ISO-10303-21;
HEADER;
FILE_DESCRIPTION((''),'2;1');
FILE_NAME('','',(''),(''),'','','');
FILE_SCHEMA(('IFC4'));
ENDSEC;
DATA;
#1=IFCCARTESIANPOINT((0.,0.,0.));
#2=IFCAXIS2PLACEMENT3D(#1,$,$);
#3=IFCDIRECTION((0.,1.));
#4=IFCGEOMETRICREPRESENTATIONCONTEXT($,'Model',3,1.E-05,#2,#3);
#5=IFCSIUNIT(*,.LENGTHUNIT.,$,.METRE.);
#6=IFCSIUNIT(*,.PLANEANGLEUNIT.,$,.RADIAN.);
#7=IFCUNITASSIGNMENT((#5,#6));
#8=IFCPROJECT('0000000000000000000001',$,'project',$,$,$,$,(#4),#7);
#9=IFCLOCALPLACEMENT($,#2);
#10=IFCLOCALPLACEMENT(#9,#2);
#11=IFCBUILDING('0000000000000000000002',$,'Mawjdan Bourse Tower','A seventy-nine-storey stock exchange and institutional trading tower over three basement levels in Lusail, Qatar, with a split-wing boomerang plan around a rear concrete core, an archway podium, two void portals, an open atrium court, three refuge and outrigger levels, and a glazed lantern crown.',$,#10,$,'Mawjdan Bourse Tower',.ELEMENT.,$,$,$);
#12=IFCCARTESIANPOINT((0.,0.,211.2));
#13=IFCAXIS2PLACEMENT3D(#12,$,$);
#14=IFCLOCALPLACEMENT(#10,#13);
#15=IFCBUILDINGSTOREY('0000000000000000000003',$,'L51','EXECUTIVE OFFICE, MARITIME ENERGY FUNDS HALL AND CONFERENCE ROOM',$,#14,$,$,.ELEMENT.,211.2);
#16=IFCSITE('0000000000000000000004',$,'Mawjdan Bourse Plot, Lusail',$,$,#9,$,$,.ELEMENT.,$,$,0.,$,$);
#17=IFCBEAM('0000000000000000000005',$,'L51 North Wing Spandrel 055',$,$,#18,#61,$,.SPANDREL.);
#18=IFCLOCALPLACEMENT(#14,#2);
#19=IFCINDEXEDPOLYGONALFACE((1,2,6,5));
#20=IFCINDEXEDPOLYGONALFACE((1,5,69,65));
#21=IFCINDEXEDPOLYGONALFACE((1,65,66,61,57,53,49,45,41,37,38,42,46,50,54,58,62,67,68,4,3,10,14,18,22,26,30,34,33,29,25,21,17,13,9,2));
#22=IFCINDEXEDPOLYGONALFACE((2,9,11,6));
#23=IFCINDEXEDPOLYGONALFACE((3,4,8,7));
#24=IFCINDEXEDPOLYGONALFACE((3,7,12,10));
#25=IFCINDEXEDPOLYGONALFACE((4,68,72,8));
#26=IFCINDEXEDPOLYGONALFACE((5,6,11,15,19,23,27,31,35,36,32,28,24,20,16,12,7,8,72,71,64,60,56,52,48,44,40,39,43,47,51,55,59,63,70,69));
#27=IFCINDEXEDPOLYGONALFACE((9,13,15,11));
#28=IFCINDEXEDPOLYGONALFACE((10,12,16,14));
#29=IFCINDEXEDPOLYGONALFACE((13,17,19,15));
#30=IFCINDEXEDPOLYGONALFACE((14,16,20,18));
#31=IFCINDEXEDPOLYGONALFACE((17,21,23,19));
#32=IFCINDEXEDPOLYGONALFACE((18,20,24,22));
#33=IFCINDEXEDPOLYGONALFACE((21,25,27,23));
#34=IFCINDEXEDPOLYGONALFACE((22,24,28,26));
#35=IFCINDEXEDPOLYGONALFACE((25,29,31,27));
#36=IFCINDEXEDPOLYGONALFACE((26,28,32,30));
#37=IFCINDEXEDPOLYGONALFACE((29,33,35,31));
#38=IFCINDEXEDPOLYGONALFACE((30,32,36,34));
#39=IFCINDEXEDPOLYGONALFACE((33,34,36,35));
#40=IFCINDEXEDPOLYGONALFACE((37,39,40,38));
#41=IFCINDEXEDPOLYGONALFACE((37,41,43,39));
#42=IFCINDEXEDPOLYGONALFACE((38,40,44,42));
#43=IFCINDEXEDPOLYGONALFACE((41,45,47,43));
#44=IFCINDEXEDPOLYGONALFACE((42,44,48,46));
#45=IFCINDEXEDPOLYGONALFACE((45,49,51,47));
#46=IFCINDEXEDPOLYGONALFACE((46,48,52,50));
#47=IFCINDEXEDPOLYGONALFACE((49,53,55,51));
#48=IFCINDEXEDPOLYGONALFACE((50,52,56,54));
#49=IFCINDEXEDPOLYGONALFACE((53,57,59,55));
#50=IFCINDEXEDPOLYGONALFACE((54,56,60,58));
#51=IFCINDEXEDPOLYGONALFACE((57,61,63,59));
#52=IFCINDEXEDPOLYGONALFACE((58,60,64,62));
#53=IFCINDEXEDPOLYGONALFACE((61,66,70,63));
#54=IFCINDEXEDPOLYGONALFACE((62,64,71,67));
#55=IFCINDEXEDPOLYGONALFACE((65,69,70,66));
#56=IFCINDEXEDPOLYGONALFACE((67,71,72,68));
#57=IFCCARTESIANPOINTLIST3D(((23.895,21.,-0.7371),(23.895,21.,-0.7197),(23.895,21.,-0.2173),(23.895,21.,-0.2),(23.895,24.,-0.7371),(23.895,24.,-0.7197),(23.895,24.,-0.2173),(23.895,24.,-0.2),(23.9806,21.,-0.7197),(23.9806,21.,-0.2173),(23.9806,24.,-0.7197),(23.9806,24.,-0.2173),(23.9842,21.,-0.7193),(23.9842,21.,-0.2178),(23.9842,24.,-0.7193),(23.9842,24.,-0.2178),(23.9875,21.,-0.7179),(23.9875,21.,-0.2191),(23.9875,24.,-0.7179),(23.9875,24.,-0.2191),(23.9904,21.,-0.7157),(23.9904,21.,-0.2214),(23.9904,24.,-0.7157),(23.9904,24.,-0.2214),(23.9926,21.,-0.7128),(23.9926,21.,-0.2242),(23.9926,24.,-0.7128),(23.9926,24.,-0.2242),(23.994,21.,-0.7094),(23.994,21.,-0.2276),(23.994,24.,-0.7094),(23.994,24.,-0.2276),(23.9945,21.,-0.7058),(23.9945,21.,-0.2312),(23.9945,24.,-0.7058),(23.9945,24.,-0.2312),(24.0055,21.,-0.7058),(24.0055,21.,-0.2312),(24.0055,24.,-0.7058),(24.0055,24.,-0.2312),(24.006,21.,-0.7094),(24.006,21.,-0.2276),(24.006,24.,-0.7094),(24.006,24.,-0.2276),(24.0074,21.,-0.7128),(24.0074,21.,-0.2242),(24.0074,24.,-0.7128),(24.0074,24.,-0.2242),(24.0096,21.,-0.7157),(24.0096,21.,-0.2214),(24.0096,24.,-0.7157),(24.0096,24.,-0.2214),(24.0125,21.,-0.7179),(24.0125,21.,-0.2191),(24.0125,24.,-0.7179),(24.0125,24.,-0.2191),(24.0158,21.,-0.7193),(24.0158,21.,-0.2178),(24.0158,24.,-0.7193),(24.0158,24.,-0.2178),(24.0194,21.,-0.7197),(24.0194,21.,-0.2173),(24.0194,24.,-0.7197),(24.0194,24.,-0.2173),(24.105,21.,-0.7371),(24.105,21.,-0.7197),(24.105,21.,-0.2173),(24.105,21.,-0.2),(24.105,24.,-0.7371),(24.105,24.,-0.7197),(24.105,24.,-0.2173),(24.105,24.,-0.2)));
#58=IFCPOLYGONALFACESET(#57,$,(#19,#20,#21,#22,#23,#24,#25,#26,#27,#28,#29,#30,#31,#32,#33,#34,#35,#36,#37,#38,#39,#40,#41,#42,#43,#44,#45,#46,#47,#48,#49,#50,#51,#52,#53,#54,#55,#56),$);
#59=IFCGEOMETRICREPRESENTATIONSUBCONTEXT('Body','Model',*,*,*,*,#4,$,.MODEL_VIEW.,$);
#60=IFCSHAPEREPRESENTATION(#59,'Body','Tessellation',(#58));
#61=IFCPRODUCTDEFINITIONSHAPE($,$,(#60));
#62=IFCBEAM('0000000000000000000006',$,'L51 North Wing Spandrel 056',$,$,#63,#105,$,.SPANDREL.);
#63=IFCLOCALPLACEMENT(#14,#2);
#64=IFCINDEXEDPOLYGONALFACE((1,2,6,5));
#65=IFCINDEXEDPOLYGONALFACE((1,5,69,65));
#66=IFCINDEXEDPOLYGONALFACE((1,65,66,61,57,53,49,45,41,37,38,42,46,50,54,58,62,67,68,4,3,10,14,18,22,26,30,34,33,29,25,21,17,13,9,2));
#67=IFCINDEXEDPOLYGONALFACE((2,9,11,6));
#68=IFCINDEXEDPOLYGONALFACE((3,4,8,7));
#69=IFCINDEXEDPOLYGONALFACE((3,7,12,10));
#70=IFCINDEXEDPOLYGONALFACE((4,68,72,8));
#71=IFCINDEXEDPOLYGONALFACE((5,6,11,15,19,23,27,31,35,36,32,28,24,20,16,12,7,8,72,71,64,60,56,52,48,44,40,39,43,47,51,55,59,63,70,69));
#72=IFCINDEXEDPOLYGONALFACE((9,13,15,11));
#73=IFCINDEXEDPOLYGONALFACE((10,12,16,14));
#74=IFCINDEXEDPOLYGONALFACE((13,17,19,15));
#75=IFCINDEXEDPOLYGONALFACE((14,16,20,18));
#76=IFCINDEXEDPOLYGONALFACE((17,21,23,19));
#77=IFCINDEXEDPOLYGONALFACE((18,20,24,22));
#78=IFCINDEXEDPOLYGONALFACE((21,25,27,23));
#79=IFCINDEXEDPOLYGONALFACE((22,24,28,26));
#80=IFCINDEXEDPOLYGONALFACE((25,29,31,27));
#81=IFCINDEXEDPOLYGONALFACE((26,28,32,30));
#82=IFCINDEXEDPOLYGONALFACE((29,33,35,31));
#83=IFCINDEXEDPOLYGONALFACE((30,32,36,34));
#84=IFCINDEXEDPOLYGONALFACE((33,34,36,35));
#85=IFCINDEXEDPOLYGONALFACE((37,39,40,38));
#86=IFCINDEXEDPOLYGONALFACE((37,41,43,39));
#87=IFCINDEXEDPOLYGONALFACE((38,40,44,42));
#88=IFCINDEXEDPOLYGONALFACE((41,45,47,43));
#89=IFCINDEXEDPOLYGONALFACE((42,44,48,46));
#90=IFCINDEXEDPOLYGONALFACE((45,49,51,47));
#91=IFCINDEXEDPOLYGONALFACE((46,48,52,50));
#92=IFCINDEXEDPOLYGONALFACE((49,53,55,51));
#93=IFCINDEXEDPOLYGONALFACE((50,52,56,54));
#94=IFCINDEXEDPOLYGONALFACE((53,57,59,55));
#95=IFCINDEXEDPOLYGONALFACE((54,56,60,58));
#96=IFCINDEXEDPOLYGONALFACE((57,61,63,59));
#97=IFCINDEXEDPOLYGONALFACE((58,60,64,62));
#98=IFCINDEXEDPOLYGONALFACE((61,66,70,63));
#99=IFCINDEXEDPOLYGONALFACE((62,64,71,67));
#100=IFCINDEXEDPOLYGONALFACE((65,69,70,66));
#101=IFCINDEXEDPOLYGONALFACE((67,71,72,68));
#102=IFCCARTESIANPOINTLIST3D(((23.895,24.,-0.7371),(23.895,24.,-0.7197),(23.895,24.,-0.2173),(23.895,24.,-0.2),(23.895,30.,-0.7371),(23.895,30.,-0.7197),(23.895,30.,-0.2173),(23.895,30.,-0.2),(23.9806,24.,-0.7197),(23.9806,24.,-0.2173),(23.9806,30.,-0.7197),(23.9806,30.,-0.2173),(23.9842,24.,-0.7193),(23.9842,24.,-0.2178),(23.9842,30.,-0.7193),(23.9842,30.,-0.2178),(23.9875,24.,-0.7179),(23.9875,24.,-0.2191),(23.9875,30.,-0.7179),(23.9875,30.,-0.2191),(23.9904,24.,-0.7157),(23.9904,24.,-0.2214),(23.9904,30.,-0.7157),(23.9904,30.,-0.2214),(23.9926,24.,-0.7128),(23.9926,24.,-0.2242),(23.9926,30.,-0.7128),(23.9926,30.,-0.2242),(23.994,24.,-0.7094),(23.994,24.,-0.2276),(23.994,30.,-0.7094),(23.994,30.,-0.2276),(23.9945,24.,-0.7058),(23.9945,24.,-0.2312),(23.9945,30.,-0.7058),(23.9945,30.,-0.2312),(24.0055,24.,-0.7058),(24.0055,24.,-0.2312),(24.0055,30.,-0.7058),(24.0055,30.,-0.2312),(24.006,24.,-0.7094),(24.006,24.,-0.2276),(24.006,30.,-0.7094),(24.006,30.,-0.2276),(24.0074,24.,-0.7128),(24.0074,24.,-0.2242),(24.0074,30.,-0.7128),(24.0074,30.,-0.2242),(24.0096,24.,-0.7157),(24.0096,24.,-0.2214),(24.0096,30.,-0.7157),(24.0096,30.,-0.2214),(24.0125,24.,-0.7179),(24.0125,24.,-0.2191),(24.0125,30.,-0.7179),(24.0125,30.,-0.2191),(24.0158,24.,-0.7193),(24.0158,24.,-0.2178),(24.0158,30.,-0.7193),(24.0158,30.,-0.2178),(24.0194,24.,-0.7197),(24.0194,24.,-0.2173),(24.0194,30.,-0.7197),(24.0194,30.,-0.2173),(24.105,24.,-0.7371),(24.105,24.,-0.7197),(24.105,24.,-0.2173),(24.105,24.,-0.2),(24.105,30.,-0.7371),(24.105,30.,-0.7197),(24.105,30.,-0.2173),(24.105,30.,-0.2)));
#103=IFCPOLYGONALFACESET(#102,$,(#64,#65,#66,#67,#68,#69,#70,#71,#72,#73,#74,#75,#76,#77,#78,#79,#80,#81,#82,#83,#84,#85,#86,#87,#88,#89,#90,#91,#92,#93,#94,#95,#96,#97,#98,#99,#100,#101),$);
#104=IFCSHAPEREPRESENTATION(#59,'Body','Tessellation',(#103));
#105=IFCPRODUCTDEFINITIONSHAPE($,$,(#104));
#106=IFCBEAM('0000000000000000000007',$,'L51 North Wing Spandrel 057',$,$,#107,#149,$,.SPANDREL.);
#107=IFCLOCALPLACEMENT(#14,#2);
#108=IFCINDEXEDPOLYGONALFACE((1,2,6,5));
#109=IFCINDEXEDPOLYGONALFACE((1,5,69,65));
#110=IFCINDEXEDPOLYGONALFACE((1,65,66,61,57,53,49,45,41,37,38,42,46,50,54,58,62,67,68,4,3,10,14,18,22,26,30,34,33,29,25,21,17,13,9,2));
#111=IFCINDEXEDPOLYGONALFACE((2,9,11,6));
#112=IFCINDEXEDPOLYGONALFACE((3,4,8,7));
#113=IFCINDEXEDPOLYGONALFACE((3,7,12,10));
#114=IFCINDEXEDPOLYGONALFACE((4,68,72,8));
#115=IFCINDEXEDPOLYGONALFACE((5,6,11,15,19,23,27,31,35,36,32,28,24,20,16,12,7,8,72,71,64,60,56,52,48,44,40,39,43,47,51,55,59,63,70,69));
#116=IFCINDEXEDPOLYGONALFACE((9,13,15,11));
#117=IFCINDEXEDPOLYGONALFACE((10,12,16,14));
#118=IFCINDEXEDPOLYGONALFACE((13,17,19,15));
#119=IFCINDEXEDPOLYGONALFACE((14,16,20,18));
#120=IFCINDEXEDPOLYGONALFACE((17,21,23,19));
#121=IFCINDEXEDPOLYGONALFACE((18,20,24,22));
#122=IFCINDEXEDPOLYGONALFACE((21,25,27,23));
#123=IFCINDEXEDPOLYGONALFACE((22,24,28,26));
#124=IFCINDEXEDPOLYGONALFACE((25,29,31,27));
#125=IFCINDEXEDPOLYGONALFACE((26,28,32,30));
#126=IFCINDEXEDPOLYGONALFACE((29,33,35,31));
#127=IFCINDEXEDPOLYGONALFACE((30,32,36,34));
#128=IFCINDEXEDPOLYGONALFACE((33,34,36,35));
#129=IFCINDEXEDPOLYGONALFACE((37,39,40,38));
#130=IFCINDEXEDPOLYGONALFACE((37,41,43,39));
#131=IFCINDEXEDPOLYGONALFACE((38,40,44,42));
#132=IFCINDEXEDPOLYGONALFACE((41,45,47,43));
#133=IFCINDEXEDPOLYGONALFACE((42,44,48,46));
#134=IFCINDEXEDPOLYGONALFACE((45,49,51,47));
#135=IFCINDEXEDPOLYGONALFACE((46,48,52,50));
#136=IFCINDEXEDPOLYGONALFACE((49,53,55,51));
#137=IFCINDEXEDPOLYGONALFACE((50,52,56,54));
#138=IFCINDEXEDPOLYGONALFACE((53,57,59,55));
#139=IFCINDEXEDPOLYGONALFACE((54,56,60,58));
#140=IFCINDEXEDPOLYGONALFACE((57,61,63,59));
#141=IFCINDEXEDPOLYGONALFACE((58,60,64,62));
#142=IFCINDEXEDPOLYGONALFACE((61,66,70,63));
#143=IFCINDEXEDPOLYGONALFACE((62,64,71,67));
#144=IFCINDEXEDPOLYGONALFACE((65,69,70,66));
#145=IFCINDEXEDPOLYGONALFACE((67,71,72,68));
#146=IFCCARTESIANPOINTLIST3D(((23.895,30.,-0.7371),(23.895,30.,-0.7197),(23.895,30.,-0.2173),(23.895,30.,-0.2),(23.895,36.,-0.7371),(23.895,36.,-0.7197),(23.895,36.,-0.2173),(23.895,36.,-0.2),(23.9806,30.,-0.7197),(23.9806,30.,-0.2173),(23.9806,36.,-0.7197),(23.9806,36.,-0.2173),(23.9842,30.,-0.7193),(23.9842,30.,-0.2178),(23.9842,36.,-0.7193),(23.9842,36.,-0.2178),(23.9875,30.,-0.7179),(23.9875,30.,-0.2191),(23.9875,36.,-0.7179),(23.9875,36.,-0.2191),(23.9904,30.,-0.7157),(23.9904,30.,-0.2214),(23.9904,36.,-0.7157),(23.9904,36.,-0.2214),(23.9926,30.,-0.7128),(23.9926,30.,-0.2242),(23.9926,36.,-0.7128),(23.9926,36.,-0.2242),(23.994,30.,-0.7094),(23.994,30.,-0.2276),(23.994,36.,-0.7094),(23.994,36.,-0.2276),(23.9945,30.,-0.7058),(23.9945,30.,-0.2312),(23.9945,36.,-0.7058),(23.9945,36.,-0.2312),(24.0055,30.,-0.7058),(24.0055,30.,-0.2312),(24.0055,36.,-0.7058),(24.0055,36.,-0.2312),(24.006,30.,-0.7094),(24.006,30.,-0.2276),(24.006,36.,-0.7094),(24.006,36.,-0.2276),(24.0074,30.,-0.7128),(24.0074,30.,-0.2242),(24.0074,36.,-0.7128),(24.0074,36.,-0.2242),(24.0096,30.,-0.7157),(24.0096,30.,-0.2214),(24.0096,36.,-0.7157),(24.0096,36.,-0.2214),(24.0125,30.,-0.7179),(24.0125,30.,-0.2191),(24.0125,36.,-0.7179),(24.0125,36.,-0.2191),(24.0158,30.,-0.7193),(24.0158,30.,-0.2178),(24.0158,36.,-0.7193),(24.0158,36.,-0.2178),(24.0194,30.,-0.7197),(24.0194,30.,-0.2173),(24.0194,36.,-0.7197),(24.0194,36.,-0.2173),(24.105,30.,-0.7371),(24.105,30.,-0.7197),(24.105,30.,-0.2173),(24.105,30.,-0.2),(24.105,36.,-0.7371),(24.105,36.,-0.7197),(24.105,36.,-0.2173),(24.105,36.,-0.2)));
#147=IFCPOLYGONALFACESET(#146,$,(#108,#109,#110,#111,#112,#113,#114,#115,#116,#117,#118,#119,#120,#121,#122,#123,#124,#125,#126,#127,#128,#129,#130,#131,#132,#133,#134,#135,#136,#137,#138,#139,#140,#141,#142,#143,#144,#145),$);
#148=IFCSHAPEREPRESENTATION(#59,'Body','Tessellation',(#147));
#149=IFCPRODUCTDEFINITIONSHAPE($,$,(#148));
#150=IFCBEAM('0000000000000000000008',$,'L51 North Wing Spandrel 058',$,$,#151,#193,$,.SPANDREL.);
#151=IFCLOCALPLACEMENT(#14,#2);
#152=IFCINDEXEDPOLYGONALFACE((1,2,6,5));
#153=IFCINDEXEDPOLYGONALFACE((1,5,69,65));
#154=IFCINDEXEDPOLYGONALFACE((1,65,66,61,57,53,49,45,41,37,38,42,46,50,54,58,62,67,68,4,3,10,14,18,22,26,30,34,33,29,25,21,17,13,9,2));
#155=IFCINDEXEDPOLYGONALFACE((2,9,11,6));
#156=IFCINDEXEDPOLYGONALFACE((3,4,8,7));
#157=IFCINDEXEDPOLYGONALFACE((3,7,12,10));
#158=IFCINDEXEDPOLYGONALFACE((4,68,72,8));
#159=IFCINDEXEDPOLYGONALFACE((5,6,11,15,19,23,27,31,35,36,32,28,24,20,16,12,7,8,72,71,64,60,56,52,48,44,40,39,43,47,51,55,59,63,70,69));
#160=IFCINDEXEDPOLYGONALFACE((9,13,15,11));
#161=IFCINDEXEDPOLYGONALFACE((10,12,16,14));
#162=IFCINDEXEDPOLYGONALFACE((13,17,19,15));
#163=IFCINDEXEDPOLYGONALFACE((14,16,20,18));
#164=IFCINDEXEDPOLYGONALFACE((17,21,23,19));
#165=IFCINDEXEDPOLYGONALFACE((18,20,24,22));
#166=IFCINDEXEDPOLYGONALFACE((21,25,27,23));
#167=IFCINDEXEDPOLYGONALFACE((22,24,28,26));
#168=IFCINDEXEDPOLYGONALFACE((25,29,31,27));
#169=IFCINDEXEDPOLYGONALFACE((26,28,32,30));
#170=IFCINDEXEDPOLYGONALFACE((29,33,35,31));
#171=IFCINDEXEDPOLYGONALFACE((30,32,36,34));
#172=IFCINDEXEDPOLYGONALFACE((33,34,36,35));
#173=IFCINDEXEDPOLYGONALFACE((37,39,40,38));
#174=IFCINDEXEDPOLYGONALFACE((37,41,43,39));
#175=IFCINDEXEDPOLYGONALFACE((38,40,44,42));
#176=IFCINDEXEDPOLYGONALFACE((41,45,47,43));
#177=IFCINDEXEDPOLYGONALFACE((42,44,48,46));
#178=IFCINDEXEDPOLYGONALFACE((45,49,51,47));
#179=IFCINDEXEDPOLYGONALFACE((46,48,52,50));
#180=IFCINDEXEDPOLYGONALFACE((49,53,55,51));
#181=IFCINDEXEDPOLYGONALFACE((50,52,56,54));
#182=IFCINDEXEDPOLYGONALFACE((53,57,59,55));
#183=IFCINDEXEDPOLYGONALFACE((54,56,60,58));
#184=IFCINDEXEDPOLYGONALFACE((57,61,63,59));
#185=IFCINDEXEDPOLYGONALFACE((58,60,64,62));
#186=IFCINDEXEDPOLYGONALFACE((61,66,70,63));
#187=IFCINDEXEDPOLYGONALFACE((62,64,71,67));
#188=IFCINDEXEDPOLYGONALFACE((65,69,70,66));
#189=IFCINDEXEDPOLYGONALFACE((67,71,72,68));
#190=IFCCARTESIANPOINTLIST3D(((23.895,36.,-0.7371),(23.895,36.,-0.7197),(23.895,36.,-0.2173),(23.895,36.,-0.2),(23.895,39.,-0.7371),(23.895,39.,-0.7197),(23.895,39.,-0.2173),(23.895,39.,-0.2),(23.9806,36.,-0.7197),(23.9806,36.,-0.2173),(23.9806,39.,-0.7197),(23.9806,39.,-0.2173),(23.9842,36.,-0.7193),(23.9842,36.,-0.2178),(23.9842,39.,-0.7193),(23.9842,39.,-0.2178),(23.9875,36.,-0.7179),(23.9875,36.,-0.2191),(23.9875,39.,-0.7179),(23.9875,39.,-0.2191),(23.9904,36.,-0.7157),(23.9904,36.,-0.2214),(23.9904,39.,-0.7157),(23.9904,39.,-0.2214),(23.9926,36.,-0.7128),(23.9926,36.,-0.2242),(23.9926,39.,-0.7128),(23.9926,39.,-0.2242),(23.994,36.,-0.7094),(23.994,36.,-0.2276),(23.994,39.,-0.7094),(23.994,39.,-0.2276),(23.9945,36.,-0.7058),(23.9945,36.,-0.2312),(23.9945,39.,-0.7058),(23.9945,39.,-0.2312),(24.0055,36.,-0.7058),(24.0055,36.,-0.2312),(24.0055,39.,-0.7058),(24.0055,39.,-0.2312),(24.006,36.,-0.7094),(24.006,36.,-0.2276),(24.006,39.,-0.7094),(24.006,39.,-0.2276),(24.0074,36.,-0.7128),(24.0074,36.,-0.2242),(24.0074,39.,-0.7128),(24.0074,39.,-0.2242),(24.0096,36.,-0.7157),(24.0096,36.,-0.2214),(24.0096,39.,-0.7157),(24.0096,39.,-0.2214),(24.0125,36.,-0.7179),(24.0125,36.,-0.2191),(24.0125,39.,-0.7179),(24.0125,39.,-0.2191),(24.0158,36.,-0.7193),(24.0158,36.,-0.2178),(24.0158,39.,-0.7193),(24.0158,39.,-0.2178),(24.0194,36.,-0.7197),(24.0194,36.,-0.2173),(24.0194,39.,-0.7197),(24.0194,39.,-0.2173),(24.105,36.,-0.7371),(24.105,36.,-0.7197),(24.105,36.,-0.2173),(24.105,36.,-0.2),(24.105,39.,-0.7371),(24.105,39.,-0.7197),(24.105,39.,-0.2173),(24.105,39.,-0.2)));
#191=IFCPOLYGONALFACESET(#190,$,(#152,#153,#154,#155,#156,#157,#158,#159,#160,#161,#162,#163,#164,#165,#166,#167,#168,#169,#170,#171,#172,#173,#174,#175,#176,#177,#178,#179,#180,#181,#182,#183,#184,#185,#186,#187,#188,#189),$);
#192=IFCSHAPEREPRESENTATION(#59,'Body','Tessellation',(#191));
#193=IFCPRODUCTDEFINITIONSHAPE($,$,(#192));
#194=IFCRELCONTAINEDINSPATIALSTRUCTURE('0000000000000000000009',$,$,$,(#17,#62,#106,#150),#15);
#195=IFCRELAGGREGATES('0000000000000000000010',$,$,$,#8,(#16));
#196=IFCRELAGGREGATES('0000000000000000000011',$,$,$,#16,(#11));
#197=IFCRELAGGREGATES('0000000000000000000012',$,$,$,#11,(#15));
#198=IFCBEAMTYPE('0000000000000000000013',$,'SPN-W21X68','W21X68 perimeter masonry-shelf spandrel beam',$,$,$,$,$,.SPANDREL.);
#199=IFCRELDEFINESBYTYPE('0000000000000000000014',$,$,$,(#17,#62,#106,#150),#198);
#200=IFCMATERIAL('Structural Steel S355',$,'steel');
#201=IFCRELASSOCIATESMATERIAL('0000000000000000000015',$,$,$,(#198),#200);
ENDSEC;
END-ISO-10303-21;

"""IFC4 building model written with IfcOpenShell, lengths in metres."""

from ifc_helpers import new_model, si_unit, direction, frame, origin, origin_2d, place, context, subcontext, project, spatial, i_section, extrude, material, material_profile, profile_set, type_object, element, save


model = new_model("IFC4")

# Units and contexts
model_context = context("Model", 3, precision=1e-05, world=origin(), true_north=direction((0.0, 1.0)))
body_context = subcontext(model_context, "Body", "Model", "MODEL_VIEW")
ifc_project = project(units=[si_unit("LENGTHUNIT", "METRE"), si_unit("PLANEANGLEUNIT", "RADIAN")], contexts=[model_context])

# Site, building, storey
site_placement = place(None, origin())
site = spatial("IfcSite", under=ifc_project, at=site_placement, Name="Mawjdan Bourse Plot, Lusail", CompositionType="ELEMENT", RefElevation=0.0)
building_placement = place(site_placement, origin())
building = spatial("IfcBuilding", under=site, at=building_placement, Name="Mawjdan Bourse Tower", Description="A seventy-nine-storey stock exchange and institutional trading tower over three basement levels in Lusail, Qatar, with a split-wing boomerang plan around a rear concrete core, an archway podium, two void portals, an open atrium court, three refuge and outrigger levels, and a glazed lantern crown.", LongName="Mawjdan Bourse Tower", CompositionType="ELEMENT")
storey_placement = place(building_placement, frame((0.0, 0.0, 211.2)))
storey = spatial("IfcBuildingStorey", under=building, at=storey_placement, Name="L51", Description="EXECUTIVE OFFICE, MARITIME ENERGY FUNDS HALL AND CONFERENCE ROOM", CompositionType="ELEMENT", Elevation=211.2)

# Beams
ifc_material_1 = material(Name="Structural Steel S355", Category="steel")
ifc_material_profile_1 = material_profile(ifc_material_1, i_section(OverallWidth=0.21, OverallDepth=0.5371, WebThickness=0.011, FlangeThickness=0.0173, FilletRadius=0.0139, at=origin_2d()), Name="W21X68")
ifc_profile_set_1 = profile_set([ifc_material_profile_1], Name="Structural Steel S355")
beam_type_1 = type_object("IfcBeamType", Name="SPN-W21X68", Description="W21X68 perimeter masonry-shelf spandrel beam", PredefinedType="SPANDREL", material=ifc_profile_set_1)
beam_1_placement = place(storey_placement, frame((24.0, 21.0, -0.4685), z_axis=(0.0, 1.0, 0.0), x_axis=(-1.0, 0.0, 0.0)))
element("IfcBeam", 1, at=beam_1_placement, inside=storey, type_object=beam_type_1, Name="L51 North Wing Spandrel 055", PredefinedType="SPANDREL", context=body_context, shape_type="SweptSolid", body=[
    extrude(i_section(OverallWidth=0.21, OverallDepth=0.5371, WebThickness=0.011, FlangeThickness=0.0173, FilletRadius=0.0139, at=origin_2d()), origin(), (0.0, 0.0, 1.0), 3.0),
])
for number, where, z_axis, x_axis, name in (
    (2, (24.0, 24.0, -0.4685), (0.0, 1.0, 0.0), (-1.0, 0.0, 0.0), "L51 North Wing Spandrel 056"),
    (3, (24.0, 30.0, -0.4685), (0.0, 1.0, 0.0), (-1.0, 0.0, 0.0), "L51 North Wing Spandrel 057"),
):
    element("IfcBeam", number, at=place(storey_placement, frame(where, z_axis=z_axis, x_axis=x_axis)), inside=storey, type_object=beam_type_1, Name=name, PredefinedType="SPANDREL", context=body_context, shape_type="SweptSolid", body=[
        extrude(i_section(OverallWidth=0.21, OverallDepth=0.5371, WebThickness=0.011, FlangeThickness=0.0173, FilletRadius=0.0139, at=origin_2d()), origin(), (0.0, 0.0, 1.0), 6.0),
    ])
beam_2_placement = place(storey_placement, frame((24.0, 36.0, -0.4685), z_axis=(0.0, 1.0, 0.0), x_axis=(-1.0, 0.0, 0.0)))
element("IfcBeam", 4, at=beam_2_placement, inside=storey, type_object=beam_type_1, Name="L51 North Wing Spandrel 058", PredefinedType="SPANDREL", context=body_context, shape_type="SweptSolid", body=[
    extrude(i_section(OverallWidth=0.21, OverallDepth=0.5371, WebThickness=0.011, FlangeThickness=0.0173, FilletRadius=0.0139, at=origin_2d()), origin(), (0.0, 0.0, 1.0), 3.0),
])

save(model, "model.ifc")
